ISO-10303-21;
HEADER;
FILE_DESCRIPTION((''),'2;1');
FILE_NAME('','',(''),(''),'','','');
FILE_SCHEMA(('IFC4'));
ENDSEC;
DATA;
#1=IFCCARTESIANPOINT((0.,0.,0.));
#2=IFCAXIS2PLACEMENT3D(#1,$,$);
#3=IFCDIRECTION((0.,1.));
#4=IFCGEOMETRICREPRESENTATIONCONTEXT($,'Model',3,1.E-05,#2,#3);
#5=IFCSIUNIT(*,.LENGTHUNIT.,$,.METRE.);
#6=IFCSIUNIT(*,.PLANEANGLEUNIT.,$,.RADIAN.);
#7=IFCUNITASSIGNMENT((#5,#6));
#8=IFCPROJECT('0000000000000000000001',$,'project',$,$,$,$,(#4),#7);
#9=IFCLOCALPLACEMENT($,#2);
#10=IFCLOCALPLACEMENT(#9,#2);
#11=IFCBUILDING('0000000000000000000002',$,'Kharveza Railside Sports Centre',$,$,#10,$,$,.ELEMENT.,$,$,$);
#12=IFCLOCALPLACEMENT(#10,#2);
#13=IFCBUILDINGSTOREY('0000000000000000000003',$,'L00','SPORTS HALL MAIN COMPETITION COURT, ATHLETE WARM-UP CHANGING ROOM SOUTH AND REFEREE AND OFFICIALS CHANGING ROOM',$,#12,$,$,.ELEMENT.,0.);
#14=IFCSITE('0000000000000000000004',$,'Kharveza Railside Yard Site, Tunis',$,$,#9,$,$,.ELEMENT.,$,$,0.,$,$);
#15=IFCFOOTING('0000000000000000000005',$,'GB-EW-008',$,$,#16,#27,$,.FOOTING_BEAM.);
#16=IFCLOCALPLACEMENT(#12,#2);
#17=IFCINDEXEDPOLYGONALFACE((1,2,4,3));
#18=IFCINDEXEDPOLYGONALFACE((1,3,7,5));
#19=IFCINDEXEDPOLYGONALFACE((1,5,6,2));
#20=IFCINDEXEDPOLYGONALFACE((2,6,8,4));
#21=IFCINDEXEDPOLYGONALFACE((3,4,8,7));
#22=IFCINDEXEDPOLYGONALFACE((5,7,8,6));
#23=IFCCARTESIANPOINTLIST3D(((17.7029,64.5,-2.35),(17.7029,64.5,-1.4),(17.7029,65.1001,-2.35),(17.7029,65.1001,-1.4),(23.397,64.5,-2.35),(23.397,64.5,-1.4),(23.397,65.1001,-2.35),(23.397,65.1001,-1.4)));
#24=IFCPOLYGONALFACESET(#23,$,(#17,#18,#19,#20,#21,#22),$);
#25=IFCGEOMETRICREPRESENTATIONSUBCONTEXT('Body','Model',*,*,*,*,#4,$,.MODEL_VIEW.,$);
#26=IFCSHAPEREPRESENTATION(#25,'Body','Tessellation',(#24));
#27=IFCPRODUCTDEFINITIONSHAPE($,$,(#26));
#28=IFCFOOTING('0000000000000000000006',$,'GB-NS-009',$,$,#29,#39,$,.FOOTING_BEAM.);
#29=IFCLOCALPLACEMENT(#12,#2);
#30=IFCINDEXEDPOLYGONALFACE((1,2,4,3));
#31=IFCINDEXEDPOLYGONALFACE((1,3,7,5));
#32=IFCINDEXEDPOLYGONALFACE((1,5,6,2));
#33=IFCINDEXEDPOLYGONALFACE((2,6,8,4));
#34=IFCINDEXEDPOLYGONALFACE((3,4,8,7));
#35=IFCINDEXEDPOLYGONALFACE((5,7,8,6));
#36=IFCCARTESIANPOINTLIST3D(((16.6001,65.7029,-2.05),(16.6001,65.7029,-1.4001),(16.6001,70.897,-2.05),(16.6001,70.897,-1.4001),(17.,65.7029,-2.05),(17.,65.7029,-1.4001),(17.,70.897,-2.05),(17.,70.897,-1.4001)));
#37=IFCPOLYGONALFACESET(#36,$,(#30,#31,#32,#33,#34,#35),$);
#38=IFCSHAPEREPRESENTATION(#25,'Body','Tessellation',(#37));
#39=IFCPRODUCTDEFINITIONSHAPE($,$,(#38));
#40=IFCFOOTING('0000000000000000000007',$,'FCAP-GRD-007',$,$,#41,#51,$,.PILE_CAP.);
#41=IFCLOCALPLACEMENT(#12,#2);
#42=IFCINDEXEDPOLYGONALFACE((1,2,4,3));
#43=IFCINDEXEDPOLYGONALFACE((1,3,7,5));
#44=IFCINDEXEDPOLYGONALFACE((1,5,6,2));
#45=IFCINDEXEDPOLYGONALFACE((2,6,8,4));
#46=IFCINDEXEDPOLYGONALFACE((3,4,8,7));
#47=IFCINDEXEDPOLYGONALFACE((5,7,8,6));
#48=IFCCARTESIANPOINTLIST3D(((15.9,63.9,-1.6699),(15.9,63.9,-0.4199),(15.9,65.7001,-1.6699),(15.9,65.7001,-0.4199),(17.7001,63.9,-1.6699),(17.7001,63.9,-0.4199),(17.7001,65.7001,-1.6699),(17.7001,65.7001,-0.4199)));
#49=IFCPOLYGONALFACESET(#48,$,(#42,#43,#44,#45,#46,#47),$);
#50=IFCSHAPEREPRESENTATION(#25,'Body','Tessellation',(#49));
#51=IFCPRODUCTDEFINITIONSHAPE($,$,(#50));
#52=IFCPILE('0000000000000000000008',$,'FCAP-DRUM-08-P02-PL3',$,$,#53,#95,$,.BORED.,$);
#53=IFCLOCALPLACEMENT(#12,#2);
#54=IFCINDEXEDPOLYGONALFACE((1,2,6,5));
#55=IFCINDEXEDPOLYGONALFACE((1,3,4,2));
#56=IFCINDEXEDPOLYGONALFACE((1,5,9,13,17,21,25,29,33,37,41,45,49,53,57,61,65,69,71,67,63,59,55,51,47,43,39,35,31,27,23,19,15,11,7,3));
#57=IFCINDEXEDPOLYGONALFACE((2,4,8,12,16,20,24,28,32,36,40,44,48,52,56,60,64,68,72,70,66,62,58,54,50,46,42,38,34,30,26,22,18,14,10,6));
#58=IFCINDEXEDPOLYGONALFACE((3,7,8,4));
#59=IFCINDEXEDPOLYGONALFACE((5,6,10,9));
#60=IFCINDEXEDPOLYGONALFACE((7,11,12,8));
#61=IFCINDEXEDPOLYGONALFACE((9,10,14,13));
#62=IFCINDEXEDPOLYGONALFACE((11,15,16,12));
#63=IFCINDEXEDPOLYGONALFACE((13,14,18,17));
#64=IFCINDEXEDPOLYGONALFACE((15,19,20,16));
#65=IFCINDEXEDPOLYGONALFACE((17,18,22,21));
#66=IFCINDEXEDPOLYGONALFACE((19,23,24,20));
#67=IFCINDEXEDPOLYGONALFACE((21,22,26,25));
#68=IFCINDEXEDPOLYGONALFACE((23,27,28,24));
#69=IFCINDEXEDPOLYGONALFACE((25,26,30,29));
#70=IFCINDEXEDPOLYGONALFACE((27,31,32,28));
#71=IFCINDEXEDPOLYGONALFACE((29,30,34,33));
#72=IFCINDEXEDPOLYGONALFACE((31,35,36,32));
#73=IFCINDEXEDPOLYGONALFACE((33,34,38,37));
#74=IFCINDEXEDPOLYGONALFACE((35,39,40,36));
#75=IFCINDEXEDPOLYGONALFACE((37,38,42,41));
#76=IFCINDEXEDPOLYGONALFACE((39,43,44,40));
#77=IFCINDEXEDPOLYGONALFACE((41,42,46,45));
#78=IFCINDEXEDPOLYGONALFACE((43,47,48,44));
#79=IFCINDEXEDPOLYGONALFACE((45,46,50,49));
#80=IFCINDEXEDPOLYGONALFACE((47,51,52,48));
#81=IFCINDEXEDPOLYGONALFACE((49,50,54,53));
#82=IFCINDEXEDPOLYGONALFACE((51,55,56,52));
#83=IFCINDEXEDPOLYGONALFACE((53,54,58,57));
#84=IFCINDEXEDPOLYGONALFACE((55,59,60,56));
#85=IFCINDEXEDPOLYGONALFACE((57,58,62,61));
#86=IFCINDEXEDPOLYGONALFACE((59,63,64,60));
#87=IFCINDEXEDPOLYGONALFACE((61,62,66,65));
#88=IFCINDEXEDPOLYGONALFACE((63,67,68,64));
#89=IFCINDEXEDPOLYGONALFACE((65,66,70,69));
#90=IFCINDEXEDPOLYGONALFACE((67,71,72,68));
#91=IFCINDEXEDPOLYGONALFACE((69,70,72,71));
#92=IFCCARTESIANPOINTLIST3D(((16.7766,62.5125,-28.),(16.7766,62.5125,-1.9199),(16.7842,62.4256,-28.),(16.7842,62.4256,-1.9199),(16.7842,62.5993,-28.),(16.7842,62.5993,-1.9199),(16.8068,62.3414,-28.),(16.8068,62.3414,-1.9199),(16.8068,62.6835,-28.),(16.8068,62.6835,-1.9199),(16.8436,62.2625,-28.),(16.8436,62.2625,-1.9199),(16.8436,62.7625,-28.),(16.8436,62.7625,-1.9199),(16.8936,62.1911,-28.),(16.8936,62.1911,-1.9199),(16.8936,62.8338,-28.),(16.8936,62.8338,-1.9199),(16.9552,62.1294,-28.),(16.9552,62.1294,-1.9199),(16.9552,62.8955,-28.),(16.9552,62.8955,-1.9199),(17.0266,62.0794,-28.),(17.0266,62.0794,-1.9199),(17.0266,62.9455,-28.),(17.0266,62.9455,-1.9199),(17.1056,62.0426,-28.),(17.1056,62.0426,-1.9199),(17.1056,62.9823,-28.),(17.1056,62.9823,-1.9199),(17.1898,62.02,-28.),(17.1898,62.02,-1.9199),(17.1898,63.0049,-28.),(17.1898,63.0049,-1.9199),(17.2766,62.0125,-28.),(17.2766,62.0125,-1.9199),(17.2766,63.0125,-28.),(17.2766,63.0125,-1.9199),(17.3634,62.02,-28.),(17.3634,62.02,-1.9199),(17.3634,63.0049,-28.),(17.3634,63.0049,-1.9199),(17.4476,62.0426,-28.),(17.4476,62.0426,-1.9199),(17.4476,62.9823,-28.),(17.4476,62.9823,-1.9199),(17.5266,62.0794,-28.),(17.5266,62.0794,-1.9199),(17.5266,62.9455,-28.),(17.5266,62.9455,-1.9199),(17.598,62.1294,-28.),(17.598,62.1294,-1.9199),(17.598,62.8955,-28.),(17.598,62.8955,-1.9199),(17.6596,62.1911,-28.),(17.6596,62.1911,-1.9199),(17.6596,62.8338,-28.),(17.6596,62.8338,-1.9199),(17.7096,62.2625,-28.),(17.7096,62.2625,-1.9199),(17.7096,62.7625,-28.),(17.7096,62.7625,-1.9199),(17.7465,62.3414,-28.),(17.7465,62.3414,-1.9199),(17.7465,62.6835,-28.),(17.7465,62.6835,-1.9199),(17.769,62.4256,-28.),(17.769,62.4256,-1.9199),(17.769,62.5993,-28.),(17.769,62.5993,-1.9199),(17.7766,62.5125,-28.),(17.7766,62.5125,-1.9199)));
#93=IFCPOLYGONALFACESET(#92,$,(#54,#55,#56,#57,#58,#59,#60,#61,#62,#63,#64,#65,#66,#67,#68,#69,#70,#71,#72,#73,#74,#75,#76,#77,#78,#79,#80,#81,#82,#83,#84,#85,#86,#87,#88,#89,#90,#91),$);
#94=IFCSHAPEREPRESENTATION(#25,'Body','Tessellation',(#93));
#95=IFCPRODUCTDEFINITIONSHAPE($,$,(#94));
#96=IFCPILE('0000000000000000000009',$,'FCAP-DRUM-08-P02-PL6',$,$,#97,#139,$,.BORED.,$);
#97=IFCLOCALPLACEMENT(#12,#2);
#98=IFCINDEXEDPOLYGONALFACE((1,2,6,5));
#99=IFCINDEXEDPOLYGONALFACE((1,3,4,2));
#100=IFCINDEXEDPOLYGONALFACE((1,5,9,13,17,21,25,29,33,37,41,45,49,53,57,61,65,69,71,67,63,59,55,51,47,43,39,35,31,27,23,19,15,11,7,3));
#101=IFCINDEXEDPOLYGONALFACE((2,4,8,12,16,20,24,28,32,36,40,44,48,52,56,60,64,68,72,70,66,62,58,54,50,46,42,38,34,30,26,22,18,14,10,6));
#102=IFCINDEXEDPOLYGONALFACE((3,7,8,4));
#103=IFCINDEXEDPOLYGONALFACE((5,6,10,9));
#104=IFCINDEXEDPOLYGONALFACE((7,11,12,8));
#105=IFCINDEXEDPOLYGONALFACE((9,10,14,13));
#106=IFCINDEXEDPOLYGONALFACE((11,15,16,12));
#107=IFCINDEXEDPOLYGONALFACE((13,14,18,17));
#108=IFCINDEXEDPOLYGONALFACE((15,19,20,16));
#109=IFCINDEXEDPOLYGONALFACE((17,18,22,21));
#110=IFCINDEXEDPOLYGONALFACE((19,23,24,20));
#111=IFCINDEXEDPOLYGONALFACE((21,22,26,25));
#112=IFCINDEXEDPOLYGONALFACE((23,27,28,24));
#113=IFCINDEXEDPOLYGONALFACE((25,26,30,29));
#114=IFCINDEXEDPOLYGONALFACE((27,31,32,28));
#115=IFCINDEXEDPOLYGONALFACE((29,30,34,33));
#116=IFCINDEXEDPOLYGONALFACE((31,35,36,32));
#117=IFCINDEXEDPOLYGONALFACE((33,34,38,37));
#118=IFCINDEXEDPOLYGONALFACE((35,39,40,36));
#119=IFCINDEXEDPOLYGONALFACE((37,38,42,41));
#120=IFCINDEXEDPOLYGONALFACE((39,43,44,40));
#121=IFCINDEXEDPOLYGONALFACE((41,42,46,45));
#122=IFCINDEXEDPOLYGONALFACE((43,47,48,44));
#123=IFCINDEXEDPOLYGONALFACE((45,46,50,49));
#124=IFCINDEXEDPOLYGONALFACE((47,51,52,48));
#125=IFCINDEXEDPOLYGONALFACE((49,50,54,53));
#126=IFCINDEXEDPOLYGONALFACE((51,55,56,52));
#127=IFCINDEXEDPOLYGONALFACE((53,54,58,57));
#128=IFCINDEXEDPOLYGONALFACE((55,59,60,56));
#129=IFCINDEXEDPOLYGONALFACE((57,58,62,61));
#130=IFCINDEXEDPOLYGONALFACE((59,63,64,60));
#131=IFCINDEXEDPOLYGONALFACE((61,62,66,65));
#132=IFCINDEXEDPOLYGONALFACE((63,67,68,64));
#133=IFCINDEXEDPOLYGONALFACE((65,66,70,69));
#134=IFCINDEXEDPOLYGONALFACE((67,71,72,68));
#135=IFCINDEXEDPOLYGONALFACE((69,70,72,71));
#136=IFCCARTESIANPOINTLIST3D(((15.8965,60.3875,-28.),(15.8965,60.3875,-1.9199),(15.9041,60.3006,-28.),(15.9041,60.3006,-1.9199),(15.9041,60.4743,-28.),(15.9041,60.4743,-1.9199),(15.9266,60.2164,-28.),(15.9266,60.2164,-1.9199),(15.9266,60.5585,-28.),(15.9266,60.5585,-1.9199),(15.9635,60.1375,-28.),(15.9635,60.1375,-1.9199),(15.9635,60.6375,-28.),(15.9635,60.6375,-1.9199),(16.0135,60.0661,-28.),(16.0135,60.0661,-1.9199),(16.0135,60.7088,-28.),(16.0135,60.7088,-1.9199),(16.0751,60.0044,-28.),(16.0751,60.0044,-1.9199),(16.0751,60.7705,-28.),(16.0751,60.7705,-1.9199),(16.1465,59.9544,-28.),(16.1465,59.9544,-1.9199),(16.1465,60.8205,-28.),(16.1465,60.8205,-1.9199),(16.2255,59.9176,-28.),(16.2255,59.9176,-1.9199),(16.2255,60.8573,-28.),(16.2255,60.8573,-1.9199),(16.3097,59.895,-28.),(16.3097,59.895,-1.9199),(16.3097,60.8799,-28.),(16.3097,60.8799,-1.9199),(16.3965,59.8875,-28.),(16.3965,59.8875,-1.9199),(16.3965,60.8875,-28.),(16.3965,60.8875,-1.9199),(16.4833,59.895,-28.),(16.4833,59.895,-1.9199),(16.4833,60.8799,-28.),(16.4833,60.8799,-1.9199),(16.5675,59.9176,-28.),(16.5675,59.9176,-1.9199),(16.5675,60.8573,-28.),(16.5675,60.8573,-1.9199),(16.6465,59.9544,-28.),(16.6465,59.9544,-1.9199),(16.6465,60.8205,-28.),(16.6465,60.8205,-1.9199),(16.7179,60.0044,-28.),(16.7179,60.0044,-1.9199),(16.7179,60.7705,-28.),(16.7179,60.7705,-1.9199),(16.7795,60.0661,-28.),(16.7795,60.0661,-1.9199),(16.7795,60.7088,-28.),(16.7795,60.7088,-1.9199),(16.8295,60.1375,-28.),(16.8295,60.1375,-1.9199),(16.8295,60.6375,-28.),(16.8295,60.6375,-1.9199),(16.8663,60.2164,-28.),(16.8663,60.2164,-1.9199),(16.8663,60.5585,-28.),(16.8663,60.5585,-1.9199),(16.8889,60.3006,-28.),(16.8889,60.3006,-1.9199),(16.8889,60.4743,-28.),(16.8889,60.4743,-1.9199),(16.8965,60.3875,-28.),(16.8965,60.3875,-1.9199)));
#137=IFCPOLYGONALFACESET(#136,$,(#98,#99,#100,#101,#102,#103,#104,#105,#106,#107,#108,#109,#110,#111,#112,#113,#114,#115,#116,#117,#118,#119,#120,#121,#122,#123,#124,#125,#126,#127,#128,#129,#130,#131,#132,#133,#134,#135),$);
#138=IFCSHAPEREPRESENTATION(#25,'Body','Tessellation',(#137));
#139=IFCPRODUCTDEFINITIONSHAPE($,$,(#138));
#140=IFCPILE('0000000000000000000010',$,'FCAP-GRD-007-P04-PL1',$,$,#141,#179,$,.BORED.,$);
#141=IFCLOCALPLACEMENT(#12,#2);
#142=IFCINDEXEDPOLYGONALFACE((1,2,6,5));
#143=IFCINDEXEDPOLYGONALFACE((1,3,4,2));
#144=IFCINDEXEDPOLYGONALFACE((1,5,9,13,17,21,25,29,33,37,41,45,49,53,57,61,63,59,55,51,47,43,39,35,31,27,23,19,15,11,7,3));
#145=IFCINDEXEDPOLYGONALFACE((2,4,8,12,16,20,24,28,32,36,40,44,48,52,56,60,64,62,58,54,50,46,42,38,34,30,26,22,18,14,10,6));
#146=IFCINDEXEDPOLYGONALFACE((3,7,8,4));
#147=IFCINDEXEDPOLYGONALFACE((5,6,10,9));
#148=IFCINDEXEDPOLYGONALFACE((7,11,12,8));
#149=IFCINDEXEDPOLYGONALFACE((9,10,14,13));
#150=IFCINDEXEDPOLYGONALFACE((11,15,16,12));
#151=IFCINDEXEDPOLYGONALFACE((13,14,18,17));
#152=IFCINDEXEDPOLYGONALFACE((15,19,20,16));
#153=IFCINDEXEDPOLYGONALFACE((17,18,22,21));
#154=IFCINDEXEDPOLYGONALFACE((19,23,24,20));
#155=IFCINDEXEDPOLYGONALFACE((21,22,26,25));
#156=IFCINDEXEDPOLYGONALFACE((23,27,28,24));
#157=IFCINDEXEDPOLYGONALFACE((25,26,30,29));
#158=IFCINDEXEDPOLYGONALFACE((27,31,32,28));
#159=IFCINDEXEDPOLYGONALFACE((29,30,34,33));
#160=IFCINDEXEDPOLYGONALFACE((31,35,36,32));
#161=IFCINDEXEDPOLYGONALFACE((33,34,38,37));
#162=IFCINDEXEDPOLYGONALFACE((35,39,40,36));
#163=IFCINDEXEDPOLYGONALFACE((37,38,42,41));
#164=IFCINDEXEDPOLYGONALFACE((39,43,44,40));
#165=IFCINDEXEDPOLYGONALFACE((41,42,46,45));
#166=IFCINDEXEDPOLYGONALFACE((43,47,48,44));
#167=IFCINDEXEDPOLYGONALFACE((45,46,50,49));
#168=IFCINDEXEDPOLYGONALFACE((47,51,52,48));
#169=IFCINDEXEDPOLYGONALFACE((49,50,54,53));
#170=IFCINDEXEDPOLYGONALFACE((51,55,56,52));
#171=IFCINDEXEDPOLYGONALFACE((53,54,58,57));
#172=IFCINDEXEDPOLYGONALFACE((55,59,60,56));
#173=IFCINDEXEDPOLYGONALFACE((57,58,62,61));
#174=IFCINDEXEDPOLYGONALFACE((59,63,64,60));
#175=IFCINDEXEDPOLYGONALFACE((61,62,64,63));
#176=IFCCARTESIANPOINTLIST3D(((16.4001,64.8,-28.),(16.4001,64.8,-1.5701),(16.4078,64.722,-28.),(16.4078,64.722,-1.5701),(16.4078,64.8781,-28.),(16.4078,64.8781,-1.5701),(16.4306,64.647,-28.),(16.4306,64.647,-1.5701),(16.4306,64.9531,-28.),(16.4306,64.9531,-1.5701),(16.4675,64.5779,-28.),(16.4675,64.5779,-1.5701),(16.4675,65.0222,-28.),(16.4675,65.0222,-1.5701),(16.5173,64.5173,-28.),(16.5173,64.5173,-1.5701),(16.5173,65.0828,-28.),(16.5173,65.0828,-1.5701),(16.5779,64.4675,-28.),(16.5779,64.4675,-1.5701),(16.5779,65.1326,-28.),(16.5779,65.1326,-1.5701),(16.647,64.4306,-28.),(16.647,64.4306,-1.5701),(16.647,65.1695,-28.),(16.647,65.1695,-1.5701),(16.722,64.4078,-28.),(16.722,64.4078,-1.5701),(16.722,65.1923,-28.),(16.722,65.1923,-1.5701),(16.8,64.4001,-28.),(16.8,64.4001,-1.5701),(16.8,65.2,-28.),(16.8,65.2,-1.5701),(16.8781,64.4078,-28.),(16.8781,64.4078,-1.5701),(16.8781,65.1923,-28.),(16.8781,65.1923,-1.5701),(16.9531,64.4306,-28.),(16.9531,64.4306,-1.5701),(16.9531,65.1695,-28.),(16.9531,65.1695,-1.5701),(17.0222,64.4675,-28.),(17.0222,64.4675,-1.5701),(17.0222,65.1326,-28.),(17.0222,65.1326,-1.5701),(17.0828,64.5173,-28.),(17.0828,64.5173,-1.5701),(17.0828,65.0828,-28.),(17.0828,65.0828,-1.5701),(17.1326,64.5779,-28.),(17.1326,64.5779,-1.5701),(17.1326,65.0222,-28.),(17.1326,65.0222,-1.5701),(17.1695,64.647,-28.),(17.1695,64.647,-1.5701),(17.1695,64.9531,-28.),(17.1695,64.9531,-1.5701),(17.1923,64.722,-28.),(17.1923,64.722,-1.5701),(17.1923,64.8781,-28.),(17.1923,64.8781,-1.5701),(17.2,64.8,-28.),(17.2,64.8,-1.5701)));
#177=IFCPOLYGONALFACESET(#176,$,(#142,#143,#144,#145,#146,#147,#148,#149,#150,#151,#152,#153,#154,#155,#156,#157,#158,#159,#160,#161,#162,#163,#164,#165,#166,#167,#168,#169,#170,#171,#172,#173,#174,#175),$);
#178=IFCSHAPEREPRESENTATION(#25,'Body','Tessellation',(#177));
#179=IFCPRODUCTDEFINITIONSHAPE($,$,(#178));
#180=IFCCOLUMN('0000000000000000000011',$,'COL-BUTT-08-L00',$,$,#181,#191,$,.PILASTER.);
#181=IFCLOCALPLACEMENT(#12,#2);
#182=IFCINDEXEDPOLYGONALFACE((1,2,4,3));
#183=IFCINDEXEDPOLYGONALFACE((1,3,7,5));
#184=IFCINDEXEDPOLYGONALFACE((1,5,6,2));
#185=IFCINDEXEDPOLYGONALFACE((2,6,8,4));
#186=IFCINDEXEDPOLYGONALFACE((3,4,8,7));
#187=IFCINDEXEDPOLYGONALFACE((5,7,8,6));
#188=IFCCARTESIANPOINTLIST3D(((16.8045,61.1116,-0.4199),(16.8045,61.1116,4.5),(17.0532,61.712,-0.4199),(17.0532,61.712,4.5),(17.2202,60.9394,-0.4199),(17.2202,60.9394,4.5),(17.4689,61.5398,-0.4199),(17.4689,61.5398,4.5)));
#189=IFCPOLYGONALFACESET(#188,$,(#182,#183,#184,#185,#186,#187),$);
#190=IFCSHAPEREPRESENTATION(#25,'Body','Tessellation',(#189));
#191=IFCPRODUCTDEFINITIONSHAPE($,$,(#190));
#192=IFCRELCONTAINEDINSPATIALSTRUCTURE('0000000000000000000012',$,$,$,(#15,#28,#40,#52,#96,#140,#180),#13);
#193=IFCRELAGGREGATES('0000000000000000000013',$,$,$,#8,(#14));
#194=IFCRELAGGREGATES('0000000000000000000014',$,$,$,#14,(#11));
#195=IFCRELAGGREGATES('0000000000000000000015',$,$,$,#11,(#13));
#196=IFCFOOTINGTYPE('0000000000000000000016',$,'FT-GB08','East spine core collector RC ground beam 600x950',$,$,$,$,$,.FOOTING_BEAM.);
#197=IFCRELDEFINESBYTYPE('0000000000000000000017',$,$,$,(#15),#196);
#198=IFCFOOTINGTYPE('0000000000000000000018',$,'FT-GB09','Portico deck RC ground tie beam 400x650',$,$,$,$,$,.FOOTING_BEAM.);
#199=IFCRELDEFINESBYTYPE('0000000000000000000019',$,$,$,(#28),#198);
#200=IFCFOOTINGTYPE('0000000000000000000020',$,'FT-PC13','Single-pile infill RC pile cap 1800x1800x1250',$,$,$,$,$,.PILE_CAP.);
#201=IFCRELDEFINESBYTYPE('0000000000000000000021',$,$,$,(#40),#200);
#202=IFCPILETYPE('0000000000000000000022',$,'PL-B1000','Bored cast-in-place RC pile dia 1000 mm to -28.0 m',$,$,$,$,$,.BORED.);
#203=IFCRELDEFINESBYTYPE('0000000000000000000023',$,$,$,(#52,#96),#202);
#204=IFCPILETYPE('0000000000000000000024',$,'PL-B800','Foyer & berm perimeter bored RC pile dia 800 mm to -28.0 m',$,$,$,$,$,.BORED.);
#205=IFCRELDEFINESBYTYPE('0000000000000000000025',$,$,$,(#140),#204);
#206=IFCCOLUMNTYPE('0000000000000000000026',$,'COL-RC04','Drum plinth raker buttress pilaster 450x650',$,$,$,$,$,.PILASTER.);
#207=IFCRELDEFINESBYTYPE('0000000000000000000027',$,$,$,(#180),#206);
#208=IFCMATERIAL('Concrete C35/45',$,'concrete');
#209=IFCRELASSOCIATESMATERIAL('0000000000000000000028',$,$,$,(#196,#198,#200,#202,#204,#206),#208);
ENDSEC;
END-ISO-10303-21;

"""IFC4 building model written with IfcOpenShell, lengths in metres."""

from ifc_helpers import new_model, si_unit, direction, frame, origin, origin_2d, place, context, subcontext, project, spatial, rectangle, circle, extrude, material, material_profile, profile_set, type_object, element, save


model = new_model("IFC4")

# Units and contexts
model_context = context("Model", 3, precision=1e-05, world=origin(), true_north=direction((0.0, 1.0)))
body_context = subcontext(model_context, "Body", "Model", "MODEL_VIEW")
ifc_project = project(units=[si_unit("LENGTHUNIT", "METRE"), si_unit("PLANEANGLEUNIT", "RADIAN")], contexts=[model_context])

# Site, building, storey
site_placement = place(None, origin())
site = spatial("IfcSite", under=ifc_project, at=site_placement, Name="Kharveza Railside Yard Site, Tunis", CompositionType="ELEMENT", RefElevation=0.0)
building_placement = place(site_placement, origin())
building = spatial("IfcBuilding", under=site, at=building_placement, Name="Kharveza Railside Sports Centre", CompositionType="ELEMENT")
storey_placement = place(building_placement, origin())
storey = spatial("IfcBuildingStorey", under=building, at=storey_placement, Name="L00", Description="SPORTS HALL MAIN COMPETITION COURT, ATHLETE WARM-UP CHANGING ROOM SOUTH AND REFEREE AND OFFICIALS CHANGING ROOM", CompositionType="ELEMENT", Elevation=0.0)

# Footings
ifc_material_1 = material(Name="Concrete C35/45", Category="concrete")
ifc_material_profile_1 = material_profile(ifc_material_1, rectangle(XDim=0.6001, YDim=0.95, at=origin_2d()), Name="GB 600x950")
ifc_profile_set_1 = profile_set([ifc_material_profile_1], Name="Concrete C35/45")
footing_type_1 = type_object("IfcFootingType", Name="FT-GB08", Description="East spine core collector RC ground beam 600x950", PredefinedType="FOOTING_BEAM", material=ifc_profile_set_1)
footing_1_placement = place(storey_placement, frame((17.7029, 64.8, -1.875), z_axis=(1.0, 0.0, 0.0), x_axis=(0.0, 1.0, 0.0)))
element("IfcFooting", 1, at=footing_1_placement, inside=storey, type_object=footing_type_1, Name="GB-EW-008", PredefinedType="FOOTING_BEAM", context=body_context, shape_type="SweptSolid", body=[
    extrude(rectangle(XDim=0.6001, YDim=0.95, at=origin_2d()), origin(), (0.0, 0.0, 1.0), 5.6941),
])
ifc_material_profile_2 = material_profile(ifc_material_1, rectangle(XDim=0.3999, YDim=0.6499, at=origin_2d()), Name="GB 400x650")
ifc_profile_set_2 = profile_set([ifc_material_profile_2], Name="Concrete C35/45")
footing_type_2 = type_object("IfcFootingType", Name="FT-GB09", Description="Portico deck RC ground tie beam 400x650", PredefinedType="FOOTING_BEAM", material=ifc_profile_set_2)
footing_2_placement = place(storey_placement, frame((16.8, 65.7029, -1.7251), z_axis=(0.0, 1.0, 0.0), x_axis=(-1.0, 0.0, 0.0)))
element("IfcFooting", 2, at=footing_2_placement, inside=storey, type_object=footing_type_2, Name="GB-NS-009", PredefinedType="FOOTING_BEAM", context=body_context, shape_type="SweptSolid", body=[
    extrude(rectangle(XDim=0.3999, YDim=0.6499, at=origin_2d()), origin(), (0.0, 0.0, 1.0), 5.1941),
])
footing_type_3 = type_object("IfcFootingType", Name="FT-PC13", Description="Single-pile infill RC pile cap 1800x1800x1250", PredefinedType="PILE_CAP", material=ifc_material_1)
footing_3_placement = place(storey_placement, frame((16.8, 64.8, -1.6699), z_axis=(0.0, 0.0, 1.0), x_axis=(1.0, 0.0, 0.0)))
element("IfcFooting", 3, at=footing_3_placement, inside=storey, type_object=footing_type_3, Name="FCAP-GRD-007", PredefinedType="PILE_CAP", context=body_context, shape_type="SweptSolid", body=[
    extrude(rectangle(XDim=1.8, YDim=1.8, at=origin_2d()), origin(), (0.0, 0.0, 1.0), 1.25),
])

# Piles
ifc_material_profile_3 = material_profile(ifc_material_1, circle(Radius=0.5, at=origin_2d()), Name="PILE D1000")
ifc_profile_set_3 = profile_set([ifc_material_profile_3], Name="Concrete C35/45")
pile_type_1 = type_object("IfcPileType", Name="PL-B1000", Description="Bored cast-in-place RC pile dia 1000 mm to -28.0 m", PredefinedType="BORED", material=ifc_profile_set_3)
for number, where, z_axis, x_axis, name in (
    (4, (17.2766, 62.5125, -1.9199), (0.0, 0.0, -1.0), (1.0, 0.0, 0.0), "FCAP-DRUM-08-P02-PL3"),
    (5, (16.3965, 60.3875, -1.9199), (0.0, 0.0, -1.0), (1.0, 0.0, 0.0), "FCAP-DRUM-08-P02-PL6"),
):
    element("IfcPile", number, at=place(storey_placement, frame(where, z_axis=z_axis, x_axis=x_axis)), inside=storey, type_object=pile_type_1, Name=name, PredefinedType="BORED", context=body_context, shape_type="SweptSolid", body=[
        extrude(circle(Radius=0.5, at=origin_2d()), origin(), (0.0, 0.0, 1.0), 26.0801),
    ])
ifc_material_profile_4 = material_profile(ifc_material_1, circle(Radius=0.3999, at=origin_2d()), Name="PILE D800")
ifc_profile_set_4 = profile_set([ifc_material_profile_4], Name="Concrete C35/45")
pile_type_2 = type_object("IfcPileType", Name="PL-B800", Description="Foyer & berm perimeter bored RC pile dia 800 mm to -28.0 m", PredefinedType="BORED", material=ifc_profile_set_4)
pile_placement = place(storey_placement, frame((16.8, 64.8, -1.5701), z_axis=(0.0, 0.0, -1.0), x_axis=(1.0, 0.0, 0.0)))
element("IfcPile", 6, at=pile_placement, inside=storey, type_object=pile_type_2, Name="FCAP-GRD-007-P04-PL1", PredefinedType="BORED", context=body_context, shape_type="SweptSolid", body=[
    extrude(circle(Radius=0.3999, at=origin_2d()), origin(), (0.0, 0.0, 1.0), 26.4299),
])

# Column
ifc_material_profile_5 = material_profile(ifc_material_1, rectangle(XDim=0.45, YDim=0.6499, at=origin_2d()), Name="RC 450x650")
ifc_profile_set_5 = profile_set([ifc_material_profile_5], Name="Concrete C35/45")
column_type_1 = type_object("IfcColumnType", Name="COL-RC04", Description="Drum plinth raker buttress pilaster 450x650", PredefinedType="PILASTER", material=ifc_profile_set_5)
column_1_placement = place(storey_placement, frame((17.1367, 61.3257, -0.4199), z_axis=(0.0, 0.0, 1.0), x_axis=(-0.92388, 0.382683, 0.0)))
element("IfcColumn", 7, at=column_1_placement, inside=storey, type_object=column_type_1, Name="COL-BUTT-08-L00", PredefinedType="PILASTER", context=body_context, shape_type="SweptSolid", body=[
    extrude(rectangle(XDim=0.45, YDim=0.6499, at=origin_2d()), origin(), (0.0, 0.0, 1.0), 4.9199),
])

save(model, "model.ifc")
